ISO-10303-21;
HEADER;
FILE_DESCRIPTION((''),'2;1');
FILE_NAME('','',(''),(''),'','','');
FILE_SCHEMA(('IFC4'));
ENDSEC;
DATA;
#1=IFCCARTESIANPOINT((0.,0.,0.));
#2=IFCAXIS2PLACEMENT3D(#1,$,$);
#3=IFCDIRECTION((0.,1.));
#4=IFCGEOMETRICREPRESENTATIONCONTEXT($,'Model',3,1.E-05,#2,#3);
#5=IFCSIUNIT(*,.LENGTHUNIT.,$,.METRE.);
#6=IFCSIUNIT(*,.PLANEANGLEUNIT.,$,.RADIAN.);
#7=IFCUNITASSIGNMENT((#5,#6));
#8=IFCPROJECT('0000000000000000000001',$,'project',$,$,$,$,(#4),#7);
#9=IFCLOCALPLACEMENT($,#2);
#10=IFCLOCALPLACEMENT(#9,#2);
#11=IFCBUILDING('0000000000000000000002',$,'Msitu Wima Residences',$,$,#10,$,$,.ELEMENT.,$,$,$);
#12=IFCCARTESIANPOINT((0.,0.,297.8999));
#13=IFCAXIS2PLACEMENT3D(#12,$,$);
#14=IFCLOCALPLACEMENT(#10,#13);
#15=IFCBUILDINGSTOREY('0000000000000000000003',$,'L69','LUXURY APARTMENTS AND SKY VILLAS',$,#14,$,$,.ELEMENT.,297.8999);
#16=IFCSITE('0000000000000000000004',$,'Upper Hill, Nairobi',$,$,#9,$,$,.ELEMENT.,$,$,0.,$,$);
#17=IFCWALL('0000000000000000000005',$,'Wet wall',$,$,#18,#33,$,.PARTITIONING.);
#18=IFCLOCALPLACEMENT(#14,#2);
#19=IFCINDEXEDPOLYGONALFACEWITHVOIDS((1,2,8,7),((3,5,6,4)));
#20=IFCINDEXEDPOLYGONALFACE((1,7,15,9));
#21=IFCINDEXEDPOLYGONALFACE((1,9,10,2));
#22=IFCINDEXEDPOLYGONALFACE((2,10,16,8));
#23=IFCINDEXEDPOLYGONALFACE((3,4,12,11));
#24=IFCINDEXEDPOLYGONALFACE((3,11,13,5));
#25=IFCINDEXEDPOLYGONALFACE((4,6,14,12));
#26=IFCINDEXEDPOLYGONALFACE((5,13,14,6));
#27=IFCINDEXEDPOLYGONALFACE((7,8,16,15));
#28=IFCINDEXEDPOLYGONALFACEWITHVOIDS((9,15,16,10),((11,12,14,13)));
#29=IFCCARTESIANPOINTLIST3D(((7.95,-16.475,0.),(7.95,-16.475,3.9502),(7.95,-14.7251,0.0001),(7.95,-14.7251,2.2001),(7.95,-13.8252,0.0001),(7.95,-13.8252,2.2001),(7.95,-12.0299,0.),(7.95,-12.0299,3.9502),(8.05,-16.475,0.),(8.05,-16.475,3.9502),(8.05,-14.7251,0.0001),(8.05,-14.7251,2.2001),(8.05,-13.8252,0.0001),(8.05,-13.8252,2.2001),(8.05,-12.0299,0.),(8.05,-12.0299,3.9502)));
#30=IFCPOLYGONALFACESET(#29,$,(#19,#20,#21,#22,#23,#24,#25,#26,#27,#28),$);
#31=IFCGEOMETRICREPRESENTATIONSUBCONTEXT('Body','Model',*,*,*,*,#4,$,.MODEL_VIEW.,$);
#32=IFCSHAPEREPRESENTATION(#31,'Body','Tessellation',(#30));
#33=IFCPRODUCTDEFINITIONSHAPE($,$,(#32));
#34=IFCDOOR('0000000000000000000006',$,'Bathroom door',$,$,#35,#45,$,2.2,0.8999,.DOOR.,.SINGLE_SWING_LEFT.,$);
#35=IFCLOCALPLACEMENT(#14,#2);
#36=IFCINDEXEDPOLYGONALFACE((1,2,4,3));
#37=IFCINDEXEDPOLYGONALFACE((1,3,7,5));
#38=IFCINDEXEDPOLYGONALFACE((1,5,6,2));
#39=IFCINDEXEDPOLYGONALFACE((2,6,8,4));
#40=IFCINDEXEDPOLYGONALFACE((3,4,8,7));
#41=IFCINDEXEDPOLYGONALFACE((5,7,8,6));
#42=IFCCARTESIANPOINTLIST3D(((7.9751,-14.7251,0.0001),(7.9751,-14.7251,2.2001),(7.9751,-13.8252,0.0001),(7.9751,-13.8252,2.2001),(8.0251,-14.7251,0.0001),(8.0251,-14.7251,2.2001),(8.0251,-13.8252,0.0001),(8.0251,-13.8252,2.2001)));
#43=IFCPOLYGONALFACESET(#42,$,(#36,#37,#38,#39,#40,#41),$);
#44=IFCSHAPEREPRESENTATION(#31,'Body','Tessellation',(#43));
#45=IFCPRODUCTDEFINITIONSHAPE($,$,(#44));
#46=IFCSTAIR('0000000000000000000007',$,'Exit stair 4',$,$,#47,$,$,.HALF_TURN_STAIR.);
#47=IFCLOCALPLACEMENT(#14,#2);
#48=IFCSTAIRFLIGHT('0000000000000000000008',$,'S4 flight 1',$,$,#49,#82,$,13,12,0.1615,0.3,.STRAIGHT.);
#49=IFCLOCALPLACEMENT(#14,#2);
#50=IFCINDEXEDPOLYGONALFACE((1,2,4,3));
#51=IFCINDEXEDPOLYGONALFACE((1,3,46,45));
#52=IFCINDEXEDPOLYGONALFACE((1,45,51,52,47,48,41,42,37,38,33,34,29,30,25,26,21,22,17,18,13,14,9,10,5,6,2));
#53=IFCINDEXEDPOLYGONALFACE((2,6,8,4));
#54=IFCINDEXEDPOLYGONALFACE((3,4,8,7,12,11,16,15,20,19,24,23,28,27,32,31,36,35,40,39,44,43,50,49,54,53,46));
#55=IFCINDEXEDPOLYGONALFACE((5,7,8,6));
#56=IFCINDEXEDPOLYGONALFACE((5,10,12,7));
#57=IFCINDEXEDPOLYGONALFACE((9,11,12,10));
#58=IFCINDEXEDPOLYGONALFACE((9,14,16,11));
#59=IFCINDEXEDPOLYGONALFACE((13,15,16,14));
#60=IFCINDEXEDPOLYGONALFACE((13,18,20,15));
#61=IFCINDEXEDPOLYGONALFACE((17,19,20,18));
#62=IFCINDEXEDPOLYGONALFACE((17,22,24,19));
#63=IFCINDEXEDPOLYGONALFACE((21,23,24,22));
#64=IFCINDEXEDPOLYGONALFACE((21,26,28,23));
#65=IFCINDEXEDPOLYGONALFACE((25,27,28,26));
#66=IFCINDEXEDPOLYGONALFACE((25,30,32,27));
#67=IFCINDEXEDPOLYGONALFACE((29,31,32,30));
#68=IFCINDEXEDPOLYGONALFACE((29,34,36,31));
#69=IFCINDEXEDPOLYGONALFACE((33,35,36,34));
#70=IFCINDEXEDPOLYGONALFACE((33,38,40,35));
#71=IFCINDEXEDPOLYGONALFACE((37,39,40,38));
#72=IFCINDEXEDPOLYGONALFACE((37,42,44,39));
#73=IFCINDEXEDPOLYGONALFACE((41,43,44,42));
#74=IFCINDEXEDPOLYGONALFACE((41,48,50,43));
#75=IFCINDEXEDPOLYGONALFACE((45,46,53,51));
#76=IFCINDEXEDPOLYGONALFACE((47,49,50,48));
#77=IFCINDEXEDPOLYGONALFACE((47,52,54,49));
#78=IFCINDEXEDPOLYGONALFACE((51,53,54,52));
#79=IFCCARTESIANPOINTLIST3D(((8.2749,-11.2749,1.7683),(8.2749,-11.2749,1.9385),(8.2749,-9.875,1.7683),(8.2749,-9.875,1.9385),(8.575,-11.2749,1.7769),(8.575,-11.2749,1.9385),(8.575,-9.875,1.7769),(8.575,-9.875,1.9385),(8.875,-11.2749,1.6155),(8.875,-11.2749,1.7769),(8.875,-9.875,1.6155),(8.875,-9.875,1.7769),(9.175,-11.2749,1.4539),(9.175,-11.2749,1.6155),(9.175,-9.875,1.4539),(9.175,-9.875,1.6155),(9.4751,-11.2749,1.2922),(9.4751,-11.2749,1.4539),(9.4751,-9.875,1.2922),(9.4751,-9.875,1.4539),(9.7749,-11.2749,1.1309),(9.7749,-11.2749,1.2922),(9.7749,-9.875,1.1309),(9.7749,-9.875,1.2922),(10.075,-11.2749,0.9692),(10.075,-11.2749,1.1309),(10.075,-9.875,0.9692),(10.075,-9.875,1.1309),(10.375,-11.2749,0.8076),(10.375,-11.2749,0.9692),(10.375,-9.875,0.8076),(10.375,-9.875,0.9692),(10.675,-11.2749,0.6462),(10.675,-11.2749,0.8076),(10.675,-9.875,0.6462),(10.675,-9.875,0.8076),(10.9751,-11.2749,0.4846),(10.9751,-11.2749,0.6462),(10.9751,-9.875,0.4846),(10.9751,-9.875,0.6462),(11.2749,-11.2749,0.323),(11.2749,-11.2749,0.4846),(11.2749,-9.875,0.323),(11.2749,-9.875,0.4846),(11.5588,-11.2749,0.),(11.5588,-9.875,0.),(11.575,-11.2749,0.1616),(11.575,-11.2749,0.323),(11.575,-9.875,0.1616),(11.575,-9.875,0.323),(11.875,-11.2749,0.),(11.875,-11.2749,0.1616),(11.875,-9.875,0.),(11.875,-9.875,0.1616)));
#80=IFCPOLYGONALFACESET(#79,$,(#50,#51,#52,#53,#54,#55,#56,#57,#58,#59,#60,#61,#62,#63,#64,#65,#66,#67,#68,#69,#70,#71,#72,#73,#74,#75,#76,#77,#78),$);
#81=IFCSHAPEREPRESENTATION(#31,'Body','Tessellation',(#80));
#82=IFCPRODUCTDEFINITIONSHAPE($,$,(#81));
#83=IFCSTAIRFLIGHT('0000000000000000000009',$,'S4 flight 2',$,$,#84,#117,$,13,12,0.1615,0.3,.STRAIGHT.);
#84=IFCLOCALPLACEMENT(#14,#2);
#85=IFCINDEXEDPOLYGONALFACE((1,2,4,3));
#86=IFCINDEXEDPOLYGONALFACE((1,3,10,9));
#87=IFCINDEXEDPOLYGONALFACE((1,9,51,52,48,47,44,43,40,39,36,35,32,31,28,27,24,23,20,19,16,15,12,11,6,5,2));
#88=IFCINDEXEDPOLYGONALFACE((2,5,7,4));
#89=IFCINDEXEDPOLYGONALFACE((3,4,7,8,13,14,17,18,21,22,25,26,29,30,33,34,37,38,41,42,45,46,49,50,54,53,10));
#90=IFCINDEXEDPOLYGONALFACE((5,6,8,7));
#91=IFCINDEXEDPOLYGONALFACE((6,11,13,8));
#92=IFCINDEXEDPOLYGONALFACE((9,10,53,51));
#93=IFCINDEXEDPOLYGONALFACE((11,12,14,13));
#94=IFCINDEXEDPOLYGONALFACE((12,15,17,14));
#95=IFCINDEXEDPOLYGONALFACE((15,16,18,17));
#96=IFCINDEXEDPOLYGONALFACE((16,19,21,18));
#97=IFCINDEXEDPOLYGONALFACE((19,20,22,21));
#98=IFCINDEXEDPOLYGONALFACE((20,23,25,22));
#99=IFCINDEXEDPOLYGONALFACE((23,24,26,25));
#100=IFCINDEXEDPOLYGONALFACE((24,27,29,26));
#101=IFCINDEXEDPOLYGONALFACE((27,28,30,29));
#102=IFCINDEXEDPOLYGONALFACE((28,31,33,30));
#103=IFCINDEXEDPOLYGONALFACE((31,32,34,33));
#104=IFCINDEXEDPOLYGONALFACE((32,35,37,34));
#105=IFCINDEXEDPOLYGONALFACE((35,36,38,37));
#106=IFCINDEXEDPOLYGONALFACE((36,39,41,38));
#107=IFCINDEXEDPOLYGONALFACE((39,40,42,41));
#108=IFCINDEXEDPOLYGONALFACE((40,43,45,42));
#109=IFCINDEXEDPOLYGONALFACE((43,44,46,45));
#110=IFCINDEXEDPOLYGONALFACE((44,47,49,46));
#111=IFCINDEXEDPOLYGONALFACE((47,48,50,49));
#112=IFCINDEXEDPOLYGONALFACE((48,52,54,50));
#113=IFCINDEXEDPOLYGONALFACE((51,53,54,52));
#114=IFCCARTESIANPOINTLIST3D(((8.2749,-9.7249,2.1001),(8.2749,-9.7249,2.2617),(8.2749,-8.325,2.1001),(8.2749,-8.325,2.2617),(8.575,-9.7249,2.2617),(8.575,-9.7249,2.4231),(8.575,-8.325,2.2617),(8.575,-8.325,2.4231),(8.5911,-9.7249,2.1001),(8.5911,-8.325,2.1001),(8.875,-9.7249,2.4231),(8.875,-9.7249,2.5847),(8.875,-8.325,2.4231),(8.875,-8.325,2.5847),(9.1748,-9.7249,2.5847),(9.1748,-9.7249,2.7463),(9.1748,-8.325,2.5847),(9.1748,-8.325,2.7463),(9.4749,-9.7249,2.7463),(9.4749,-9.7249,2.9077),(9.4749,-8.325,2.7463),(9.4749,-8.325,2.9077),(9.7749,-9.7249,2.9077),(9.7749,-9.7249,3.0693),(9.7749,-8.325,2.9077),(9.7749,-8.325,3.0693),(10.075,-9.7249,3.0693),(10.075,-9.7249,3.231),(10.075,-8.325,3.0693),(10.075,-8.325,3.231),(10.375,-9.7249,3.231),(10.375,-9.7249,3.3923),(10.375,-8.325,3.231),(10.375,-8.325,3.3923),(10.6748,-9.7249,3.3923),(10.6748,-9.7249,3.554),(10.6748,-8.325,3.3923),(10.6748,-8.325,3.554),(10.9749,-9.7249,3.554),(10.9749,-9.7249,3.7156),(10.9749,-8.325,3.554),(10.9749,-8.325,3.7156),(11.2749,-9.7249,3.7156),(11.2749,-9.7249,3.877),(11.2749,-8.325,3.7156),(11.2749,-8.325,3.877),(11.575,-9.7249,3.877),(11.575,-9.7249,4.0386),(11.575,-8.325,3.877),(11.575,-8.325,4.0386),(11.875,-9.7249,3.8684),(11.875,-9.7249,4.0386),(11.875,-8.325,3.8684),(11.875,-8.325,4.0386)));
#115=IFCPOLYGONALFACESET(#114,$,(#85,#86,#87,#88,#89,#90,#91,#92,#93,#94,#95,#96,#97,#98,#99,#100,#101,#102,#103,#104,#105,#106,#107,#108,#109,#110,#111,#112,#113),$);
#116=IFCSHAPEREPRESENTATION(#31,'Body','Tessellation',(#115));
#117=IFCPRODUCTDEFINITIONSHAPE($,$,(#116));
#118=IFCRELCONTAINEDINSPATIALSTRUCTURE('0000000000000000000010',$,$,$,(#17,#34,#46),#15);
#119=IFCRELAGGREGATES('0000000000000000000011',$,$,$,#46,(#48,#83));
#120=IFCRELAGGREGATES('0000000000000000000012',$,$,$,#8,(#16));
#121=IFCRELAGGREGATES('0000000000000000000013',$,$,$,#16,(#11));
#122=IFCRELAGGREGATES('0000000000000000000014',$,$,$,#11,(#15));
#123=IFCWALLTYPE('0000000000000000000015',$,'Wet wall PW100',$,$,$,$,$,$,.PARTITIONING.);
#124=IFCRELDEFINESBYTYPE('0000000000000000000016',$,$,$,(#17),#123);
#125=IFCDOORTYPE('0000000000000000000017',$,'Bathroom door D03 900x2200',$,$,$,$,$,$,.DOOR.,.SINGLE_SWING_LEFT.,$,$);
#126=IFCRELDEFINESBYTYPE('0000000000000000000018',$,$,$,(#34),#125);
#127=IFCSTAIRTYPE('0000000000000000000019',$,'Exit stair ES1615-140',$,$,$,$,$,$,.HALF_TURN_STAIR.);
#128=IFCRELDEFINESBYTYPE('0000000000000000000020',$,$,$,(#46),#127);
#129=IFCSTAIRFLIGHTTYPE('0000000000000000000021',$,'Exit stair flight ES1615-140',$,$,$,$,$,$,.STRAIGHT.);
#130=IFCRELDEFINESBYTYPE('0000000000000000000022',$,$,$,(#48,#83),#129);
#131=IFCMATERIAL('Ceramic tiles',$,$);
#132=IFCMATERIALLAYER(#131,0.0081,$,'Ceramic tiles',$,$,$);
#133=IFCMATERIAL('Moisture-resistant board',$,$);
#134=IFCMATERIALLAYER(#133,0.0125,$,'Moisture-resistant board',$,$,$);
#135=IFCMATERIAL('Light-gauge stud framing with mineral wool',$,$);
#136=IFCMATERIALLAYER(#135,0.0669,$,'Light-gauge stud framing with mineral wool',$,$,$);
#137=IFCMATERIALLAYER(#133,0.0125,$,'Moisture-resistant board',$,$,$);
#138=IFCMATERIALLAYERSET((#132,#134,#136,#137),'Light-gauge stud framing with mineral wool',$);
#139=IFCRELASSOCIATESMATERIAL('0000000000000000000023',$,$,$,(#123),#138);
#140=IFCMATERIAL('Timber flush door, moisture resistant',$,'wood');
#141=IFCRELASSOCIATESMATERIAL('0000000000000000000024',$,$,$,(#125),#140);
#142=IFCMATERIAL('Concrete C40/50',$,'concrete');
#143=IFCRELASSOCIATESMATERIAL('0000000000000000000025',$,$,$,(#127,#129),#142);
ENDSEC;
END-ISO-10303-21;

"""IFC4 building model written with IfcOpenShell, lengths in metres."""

from ifc_helpers import new_model, si_unit, direction, frame, frame_2d, origin, place, context, subcontext, project, spatial, polyline, rectangle, outline, extrude, material, layer, layer_set, type_object, element, fill, aggregate, save


model = new_model("IFC4")

# Units and contexts
model_context = context("Model", 3, precision=1e-05, world=origin(), true_north=direction((0.0, 1.0)))
body_context = subcontext(model_context, "Body", "Model", "MODEL_VIEW")
ifc_project = project(units=[si_unit("LENGTHUNIT", "METRE"), si_unit("PLANEANGLEUNIT", "RADIAN")], contexts=[model_context])

# Site, building, storey
site_placement = place(None, origin())
site = spatial("IfcSite", under=ifc_project, at=site_placement, Name="Upper Hill, Nairobi", CompositionType="ELEMENT", RefElevation=0.0)
building_placement = place(site_placement, origin())
building = spatial("IfcBuilding", under=site, at=building_placement, Name="Msitu Wima Residences", CompositionType="ELEMENT")
storey_placement = place(building_placement, frame((0.0, 0.0, 297.8999)))
storey = spatial("IfcBuildingStorey", under=building, at=storey_placement, Name="L69", Description="LUXURY APARTMENTS AND SKY VILLAS", CompositionType="ELEMENT", Elevation=297.8999)

# Shared definitions
ifc_material_1 = material(Name="Concrete C40/50", Category="concrete")

# Shared definitions
ifc_material_2 = material(Name="Light-gauge stud framing with mineral wool")

# Wall, opening, door
ifc_material_3 = material(Name="Ceramic tiles")
ifc_layer_1 = layer(ifc_material_3, 0.0081, Name="Ceramic tiles")
ifc_material_4 = material(Name="Moisture-resistant board")
ifc_layer_2 = layer(ifc_material_4, 0.0125, Name="Moisture-resistant board")
ifc_layer_3 = layer(ifc_material_2, 0.0669, Name="Light-gauge stud framing with mineral wool")
ifc_layer_4 = layer(ifc_material_4, 0.0125, Name="Moisture-resistant board")
ifc_layer_set_1 = layer_set([ifc_layer_1, ifc_layer_2, ifc_layer_3, ifc_layer_4], Name="Light-gauge stud framing with mineral wool")
wall_type_1 = type_object("IfcWallType", Name="Wet wall PW100", PredefinedType="PARTITIONING", material=ifc_layer_set_1)
wall_1_placement = place(storey_placement, frame((8.0, -16.4751, 0.0), z_axis=(0.0, 0.0, 1.0), x_axis=(0.0, 1.0, 0.0)))
wall_1 = element("IfcWall", 1, at=wall_1_placement, inside=storey, type_object=wall_type_1, Name="Wet wall", PredefinedType="PARTITIONING", context=body_context, shape_type="SweptSolid", body=[
    extrude(rectangle(XDim=4.4451, YDim=0.1001, at=frame_2d((2.2227, 0.0))), origin(), (0.0, 0.0, 1.0), 3.9502),
])
opening_1_placement = place(wall_1_placement, frame((1.75, 0.0, 0.0)))
opening_1 = element("IfcOpeningElement", 2, at=opening_1_placement, cuts=wall_1, PredefinedType="OPENING", context=body_context, shape_type="SweptSolid", body=[
    extrude(rectangle(XDim=0.8999, YDim=2.2, at=frame_2d((0.45, 1.1001))), frame((0.0, 0.0601, 0.0), z_axis=(0.0, -1.0, 0.0), x_axis=(1.0, 0.0, 0.0)), (0.0, 0.0, 1.0), 0.1201),
])
ifc_material_5 = material(Name="Timber flush door, moisture resistant", Category="wood")
door_type_1 = type_object("IfcDoorType", Name="Bathroom door D03 900x2200", OperationType="SINGLE_SWING_LEFT", PredefinedType="DOOR", material=ifc_material_5)
door_1_placement = place(opening_1_placement, origin())
door_1 = element("IfcDoor", 3, at=door_1_placement, inside=storey, type_object=door_type_1, Name="Bathroom door", OperationType="SINGLE_SWING_LEFT", OverallHeight=2.2, OverallWidth=0.8999, PredefinedType="DOOR", context=body_context, shape_type="SweptSolid", body=[
    extrude(rectangle(XDim=0.8999, YDim=2.2, at=frame_2d((0.45, 1.1001))), frame((0.0, 0.0249, 0.0), z_axis=(0.0, -1.0, 0.0), x_axis=(1.0, 0.0, 0.0)), (0.0, 0.0, 1.0), 0.05),
])
fill(opening_1, door_1)

# Stair, stair flights
stair_type = type_object("IfcStairType", Name="Exit stair ES1615-140", PredefinedType="HALF_TURN_STAIR", material=ifc_material_1)
stair_placement = place(storey_placement, origin())
stair = element("IfcStair", 4, at=stair_placement, inside=storey, type_object=stair_type, Name="Exit stair 4", PredefinedType="HALF_TURN_STAIR")
stair_flight_type = type_object("IfcStairFlightType", Name="Exit stair flight ES1615-140", PredefinedType="STRAIGHT", material=ifc_material_1)
stair_flight_1_placement = place(storey_placement, frame((11.875, -10.575, 0.0), z_axis=(0.0, 0.0, 1.0), x_axis=(-1.0, 0.0, 0.0)))
stair_flight_1 = element("IfcStairFlight", 5, at=stair_flight_1_placement, type_object=stair_flight_type, Name="S4 flight 1", NumberOfRisers=13, NumberOfTreads=12, PredefinedType="STRAIGHT", RiserHeight=0.1615, TreadLength=0.3, context=body_context, shape_type="SweptSolid", body=[
    extrude(outline(polyline([(0.0, 0.0), (0.0, 0.1616), (0.3, 0.1616), (0.3, 0.323), (0.6001, 0.323), (0.6001, 0.4846), (0.8999, 0.4846), (0.8999, 0.6462), (1.2, 0.6462), (1.2, 0.8076), (1.5, 0.8076), (1.5, 0.9692), (1.8, 0.9692), (1.8, 1.1309), (2.1001, 1.1309), (2.1001, 1.2922), (2.3999, 1.2922), (2.3999, 1.4539), (2.7, 1.4539), (2.7, 1.6155), (3.0, 1.6155), (3.0, 1.7769), (3.3, 1.7769), (3.3, 1.9385), (3.6001, 1.9385), (3.6001, 2.1001), (3.6001, 1.7683), (0.3162, 0.0), (0.0, 0.0)])), frame((0.0, 0.7, 0.0), z_axis=(0.0, -1.0, 0.0), x_axis=(1.0, 0.0, 0.0)), (0.0, 0.0, 1.0), 1.3999),
])
stair_flight_2_placement = place(storey_placement, frame((8.2749, -9.0249, 2.1001), z_axis=(0.0, 0.0, 1.0), x_axis=(1.0, 0.0, 0.0)))
stair_flight_2 = element("IfcStairFlight", 6, at=stair_flight_2_placement, type_object=stair_flight_type, Name="S4 flight 2", NumberOfRisers=13, NumberOfTreads=12, PredefinedType="STRAIGHT", RiserHeight=0.1615, TreadLength=0.3, context=body_context, shape_type="SweptSolid", body=[
    extrude(outline(polyline([(0.0, 0.0), (0.0, 0.1616), (0.3, 0.1616), (0.3, 0.323), (0.6001, 0.323), (0.6001, 0.4846), (0.8999, 0.4846), (0.8999, 0.6462), (1.2, 0.6462), (1.2, 0.8076), (1.5, 0.8076), (1.5, 0.9692), (1.8, 0.9692), (1.8, 1.1309), (2.1001, 1.1309), (2.1001, 1.2922), (2.3999, 1.2922), (2.3999, 1.4539), (2.7, 1.4539), (2.7, 1.6155), (3.0, 1.6155), (3.0, 1.7769), (3.3, 1.7769), (3.3, 1.9385), (3.6001, 1.9385), (3.6001, 2.1001), (3.6001, 1.7683), (0.3162, 0.0), (0.0, 0.0)])), frame((0.0, 0.7, 0.0), z_axis=(0.0, -1.0, 0.0), x_axis=(1.0, 0.0, 0.0)), (0.0, 0.0, 1.0), 1.3999),
])
aggregate(stair, [stair_flight_1, stair_flight_2])

save(model, "model.ifc")
